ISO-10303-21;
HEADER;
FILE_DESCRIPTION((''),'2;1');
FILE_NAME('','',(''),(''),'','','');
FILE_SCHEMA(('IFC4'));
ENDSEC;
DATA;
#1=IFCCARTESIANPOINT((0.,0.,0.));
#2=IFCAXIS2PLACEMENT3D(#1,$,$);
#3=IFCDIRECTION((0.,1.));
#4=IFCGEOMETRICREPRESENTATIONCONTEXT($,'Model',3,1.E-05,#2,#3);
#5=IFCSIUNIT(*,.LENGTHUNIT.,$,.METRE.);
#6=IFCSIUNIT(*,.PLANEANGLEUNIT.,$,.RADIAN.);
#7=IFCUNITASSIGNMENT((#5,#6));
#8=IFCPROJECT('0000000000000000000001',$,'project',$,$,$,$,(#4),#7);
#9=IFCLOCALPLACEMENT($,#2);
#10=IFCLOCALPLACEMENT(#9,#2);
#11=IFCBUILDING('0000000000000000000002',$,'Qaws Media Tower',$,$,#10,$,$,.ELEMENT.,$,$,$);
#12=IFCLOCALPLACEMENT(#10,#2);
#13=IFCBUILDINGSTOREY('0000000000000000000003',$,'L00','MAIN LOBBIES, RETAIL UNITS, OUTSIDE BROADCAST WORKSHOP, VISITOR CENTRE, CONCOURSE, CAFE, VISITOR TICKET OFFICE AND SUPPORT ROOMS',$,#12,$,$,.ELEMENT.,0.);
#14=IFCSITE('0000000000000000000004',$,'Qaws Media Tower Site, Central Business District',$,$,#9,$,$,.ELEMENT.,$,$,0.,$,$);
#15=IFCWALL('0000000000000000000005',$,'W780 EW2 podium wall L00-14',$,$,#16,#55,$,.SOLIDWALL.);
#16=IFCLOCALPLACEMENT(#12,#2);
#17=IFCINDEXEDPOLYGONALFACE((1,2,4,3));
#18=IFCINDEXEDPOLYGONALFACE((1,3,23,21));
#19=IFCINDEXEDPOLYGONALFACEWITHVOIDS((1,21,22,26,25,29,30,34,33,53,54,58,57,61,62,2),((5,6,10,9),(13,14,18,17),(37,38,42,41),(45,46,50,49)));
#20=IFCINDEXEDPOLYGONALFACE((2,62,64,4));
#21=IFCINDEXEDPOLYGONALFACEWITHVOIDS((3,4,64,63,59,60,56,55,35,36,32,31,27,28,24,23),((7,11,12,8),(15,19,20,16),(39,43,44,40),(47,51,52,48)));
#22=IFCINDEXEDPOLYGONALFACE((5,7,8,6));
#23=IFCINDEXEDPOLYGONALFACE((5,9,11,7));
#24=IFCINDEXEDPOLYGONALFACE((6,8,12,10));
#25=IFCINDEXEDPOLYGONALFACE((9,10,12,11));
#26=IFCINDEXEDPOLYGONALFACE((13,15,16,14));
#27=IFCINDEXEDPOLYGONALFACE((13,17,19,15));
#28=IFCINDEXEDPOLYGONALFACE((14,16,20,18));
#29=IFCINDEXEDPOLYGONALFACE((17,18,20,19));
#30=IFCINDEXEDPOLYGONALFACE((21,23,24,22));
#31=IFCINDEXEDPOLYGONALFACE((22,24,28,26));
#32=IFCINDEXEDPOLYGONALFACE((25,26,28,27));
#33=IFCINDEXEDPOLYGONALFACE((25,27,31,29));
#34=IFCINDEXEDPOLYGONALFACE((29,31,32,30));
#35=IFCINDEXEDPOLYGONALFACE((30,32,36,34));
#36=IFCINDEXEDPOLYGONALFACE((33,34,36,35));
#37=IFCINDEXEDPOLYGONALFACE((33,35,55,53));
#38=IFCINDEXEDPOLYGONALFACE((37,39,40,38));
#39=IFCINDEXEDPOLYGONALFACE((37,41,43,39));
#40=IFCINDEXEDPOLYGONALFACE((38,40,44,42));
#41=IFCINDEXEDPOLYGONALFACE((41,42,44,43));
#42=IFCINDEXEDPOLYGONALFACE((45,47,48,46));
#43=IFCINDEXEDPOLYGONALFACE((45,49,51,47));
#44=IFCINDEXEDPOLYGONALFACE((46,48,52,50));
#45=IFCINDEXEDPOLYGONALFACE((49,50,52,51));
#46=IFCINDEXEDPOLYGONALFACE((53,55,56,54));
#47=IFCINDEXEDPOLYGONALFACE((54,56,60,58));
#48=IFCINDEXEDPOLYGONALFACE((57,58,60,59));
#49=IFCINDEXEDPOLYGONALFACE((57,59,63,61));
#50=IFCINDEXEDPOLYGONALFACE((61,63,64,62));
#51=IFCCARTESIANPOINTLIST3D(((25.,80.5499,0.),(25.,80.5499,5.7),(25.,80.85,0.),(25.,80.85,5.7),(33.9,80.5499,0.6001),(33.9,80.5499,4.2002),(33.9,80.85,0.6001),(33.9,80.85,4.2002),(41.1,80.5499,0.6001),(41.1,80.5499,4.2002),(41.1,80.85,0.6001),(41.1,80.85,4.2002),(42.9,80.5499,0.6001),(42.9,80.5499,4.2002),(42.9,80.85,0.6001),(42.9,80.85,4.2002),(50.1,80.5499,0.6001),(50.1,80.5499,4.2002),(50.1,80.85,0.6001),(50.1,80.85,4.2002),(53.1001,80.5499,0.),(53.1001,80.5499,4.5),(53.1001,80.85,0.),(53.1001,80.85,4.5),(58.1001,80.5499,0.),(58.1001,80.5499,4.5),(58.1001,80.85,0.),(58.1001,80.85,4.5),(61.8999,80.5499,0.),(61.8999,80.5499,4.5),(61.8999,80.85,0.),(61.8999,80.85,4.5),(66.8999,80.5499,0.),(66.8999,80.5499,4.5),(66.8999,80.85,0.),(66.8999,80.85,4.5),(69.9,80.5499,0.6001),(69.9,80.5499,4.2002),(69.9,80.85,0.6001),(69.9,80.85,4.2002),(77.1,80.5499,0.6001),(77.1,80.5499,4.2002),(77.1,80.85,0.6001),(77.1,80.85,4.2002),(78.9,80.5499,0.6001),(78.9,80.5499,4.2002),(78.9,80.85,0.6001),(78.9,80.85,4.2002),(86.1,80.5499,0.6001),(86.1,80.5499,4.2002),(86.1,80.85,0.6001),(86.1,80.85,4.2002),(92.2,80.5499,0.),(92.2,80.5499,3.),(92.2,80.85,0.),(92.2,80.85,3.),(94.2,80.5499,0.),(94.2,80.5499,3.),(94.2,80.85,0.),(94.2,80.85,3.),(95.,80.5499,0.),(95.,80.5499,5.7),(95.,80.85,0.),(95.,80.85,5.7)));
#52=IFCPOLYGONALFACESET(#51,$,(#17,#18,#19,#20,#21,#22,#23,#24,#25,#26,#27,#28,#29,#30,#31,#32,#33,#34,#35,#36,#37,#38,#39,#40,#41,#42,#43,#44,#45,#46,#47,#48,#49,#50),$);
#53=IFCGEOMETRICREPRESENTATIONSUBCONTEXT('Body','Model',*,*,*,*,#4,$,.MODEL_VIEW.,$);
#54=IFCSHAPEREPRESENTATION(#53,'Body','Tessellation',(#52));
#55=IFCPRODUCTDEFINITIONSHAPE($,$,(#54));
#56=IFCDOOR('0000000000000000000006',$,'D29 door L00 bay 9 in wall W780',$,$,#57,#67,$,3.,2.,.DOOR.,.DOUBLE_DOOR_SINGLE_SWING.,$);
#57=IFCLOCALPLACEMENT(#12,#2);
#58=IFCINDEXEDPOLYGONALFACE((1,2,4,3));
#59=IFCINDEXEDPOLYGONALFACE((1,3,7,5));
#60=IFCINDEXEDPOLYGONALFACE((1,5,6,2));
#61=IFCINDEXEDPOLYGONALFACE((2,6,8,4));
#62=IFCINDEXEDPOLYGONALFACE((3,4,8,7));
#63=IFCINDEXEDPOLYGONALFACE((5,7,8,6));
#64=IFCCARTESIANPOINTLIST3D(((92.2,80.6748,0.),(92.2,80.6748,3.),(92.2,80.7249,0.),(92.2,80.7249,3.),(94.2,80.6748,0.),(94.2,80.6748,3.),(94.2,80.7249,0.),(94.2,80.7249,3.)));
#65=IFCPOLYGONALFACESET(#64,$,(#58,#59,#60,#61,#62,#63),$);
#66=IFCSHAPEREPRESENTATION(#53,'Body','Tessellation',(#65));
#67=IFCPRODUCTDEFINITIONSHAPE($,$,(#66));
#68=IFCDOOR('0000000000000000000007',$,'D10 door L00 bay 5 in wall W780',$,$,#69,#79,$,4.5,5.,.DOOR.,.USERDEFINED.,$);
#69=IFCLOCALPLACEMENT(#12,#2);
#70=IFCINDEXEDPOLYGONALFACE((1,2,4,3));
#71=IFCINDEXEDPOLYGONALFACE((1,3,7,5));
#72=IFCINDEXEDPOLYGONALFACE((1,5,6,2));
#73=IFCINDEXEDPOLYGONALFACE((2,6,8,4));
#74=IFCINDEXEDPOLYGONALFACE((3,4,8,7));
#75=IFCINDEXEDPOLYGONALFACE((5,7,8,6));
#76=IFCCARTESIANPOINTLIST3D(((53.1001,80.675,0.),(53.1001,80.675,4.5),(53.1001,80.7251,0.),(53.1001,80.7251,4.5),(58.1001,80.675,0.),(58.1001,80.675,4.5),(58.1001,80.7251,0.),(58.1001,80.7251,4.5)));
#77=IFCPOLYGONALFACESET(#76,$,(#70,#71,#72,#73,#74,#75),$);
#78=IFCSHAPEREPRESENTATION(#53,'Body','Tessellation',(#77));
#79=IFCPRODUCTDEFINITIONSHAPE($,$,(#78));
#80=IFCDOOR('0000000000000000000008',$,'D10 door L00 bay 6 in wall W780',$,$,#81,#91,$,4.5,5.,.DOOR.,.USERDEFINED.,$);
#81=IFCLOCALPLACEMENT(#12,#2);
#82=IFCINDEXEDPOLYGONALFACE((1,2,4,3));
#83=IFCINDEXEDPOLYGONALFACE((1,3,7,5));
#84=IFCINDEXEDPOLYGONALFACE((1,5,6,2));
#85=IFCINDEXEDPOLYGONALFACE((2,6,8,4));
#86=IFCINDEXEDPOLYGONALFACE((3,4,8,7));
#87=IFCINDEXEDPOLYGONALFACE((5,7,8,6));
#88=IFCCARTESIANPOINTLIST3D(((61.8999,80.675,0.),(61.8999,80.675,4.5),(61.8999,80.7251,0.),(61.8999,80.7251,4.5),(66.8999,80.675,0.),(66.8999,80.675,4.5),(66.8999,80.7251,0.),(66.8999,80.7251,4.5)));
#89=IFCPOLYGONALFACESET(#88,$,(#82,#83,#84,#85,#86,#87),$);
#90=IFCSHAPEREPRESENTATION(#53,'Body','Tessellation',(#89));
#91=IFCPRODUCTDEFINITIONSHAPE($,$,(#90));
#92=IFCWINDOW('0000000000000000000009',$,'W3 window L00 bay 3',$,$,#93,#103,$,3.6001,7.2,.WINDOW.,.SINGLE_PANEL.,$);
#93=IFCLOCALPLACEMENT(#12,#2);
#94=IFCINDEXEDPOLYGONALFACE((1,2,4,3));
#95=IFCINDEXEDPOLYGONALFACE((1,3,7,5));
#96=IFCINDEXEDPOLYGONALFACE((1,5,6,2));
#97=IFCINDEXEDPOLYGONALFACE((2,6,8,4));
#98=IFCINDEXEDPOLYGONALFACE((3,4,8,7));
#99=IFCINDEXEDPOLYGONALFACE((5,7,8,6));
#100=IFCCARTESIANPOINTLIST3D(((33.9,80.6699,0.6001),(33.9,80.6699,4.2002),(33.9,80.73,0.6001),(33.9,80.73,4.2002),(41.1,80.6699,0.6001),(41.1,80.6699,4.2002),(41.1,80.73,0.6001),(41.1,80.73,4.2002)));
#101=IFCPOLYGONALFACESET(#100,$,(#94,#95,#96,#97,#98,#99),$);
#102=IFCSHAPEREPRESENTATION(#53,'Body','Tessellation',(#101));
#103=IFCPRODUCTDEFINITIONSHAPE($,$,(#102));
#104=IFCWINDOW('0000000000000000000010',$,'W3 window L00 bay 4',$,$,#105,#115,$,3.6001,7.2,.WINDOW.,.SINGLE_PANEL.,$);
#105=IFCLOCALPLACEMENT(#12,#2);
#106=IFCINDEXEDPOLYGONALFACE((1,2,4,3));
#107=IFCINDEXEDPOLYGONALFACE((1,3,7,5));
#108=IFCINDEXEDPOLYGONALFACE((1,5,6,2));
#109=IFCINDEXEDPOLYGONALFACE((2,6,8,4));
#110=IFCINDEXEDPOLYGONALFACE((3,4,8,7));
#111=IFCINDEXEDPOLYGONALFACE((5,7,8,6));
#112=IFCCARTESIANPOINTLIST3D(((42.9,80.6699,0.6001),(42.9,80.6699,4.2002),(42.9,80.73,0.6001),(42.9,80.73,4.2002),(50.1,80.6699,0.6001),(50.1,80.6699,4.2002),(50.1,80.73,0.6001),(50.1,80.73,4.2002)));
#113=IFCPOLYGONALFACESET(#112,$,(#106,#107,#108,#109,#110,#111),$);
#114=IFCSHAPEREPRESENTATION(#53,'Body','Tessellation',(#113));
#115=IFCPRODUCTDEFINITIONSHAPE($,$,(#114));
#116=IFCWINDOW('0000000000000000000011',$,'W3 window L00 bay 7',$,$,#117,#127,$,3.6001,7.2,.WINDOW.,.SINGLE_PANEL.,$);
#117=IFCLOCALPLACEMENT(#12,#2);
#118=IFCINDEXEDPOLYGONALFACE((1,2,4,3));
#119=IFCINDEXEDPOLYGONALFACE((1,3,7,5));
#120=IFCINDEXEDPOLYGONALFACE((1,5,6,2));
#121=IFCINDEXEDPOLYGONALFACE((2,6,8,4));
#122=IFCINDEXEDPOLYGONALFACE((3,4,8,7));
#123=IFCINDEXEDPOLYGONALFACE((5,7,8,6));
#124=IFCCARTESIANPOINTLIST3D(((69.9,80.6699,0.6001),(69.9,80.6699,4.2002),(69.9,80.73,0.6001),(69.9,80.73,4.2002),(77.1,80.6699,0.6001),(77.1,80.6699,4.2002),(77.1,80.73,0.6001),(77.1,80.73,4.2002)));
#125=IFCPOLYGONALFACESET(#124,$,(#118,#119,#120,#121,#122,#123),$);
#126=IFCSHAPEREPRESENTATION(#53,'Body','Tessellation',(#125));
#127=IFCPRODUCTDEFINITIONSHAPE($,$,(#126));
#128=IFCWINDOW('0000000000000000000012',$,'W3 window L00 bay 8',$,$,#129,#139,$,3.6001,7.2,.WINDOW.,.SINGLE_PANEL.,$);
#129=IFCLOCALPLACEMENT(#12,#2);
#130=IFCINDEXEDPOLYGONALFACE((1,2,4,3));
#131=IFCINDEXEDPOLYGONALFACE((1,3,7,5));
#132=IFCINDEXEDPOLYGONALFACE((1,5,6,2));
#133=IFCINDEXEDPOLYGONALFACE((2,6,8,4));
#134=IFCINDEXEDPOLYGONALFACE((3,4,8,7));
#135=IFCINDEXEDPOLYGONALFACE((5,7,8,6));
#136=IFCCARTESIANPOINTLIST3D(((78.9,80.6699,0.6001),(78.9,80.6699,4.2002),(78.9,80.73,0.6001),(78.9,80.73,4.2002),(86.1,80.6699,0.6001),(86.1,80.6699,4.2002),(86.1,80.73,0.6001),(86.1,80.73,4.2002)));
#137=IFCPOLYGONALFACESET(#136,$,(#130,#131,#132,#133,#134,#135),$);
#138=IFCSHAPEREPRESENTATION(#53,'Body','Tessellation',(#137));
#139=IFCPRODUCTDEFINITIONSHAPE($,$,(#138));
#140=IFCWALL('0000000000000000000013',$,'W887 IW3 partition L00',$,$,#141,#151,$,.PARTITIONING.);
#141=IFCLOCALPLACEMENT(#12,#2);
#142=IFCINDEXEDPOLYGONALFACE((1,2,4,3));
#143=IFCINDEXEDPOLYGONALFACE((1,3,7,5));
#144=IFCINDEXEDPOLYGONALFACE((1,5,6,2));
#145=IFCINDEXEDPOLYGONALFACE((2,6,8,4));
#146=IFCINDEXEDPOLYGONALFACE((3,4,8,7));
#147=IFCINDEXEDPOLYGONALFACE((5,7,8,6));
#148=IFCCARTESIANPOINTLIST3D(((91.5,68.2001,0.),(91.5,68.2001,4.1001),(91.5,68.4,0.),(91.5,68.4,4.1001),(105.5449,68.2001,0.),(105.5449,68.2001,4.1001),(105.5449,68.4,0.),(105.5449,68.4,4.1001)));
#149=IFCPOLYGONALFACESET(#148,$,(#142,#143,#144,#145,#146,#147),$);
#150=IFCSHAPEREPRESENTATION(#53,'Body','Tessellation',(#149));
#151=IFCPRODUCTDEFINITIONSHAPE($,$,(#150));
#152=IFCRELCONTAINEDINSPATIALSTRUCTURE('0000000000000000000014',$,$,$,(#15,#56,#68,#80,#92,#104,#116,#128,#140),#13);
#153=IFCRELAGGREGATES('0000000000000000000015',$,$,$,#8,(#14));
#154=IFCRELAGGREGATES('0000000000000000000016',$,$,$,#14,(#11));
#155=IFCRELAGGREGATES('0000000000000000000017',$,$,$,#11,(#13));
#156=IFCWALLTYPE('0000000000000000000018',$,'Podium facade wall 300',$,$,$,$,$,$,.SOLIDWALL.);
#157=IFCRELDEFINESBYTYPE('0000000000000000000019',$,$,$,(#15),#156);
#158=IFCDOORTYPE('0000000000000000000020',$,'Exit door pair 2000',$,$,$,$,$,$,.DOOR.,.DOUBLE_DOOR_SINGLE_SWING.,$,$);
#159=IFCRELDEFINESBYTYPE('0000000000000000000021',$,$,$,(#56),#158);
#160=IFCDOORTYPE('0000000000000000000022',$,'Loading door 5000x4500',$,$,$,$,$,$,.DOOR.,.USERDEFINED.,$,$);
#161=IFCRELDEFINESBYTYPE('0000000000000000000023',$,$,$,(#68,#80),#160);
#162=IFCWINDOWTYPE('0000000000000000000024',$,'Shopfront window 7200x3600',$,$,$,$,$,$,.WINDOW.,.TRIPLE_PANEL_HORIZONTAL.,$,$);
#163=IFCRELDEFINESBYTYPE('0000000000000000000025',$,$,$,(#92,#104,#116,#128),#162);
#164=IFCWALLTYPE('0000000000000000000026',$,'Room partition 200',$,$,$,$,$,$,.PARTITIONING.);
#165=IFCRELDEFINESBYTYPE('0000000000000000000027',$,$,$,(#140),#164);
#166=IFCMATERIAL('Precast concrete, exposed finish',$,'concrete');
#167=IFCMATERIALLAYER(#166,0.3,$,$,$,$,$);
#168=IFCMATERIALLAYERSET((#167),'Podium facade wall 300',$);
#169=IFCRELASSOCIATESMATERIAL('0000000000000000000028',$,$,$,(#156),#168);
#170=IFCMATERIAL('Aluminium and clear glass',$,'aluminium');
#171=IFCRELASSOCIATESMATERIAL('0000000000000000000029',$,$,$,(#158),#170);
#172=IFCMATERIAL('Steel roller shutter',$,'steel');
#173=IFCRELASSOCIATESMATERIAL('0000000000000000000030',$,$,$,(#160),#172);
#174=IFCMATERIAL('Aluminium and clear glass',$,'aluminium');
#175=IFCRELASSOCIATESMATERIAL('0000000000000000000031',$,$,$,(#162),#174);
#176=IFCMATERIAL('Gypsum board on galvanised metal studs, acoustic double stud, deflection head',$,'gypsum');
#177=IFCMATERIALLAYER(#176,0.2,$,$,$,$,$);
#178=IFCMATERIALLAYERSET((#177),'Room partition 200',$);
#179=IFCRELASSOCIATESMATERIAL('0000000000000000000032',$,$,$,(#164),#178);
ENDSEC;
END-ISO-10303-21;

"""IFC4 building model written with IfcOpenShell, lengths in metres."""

from ifc_helpers import new_model, si_unit, direction, frame, frame_2d, origin, place, context, subcontext, project, spatial, rectangle, extrude, material, layer, layer_set, type_object, element, fill, save


model = new_model("IFC4")

# Units and contexts
model_context = context("Model", 3, precision=1e-05, world=origin(), true_north=direction((0.0, 1.0)))
body_context = subcontext(model_context, "Body", "Model", "MODEL_VIEW")
ifc_project = project(units=[si_unit("LENGTHUNIT", "METRE"), si_unit("PLANEANGLEUNIT", "RADIAN")], contexts=[model_context])

# Site, building, storey
site_placement = place(None, origin())
site = spatial("IfcSite", under=ifc_project, at=site_placement, Name="Qaws Media Tower Site, Central Business District", CompositionType="ELEMENT", RefElevation=0.0)
building_placement = place(site_placement, origin())
building = spatial("IfcBuilding", under=site, at=building_placement, Name="Qaws Media Tower", CompositionType="ELEMENT")
storey_placement = place(building_placement, origin())
storey = spatial("IfcBuildingStorey", under=building, at=storey_placement, Name="L00", Description="MAIN LOBBIES, RETAIL UNITS, OUTSIDE BROADCAST WORKSHOP, VISITOR CENTRE, CONCOURSE, CAFE, VISITOR TICKET OFFICE AND SUPPORT ROOMS", CompositionType="ELEMENT", Elevation=0.0)

# Wall, openings, doors, windows
ifc_material_1 = material(Name="Precast concrete, exposed finish", Category="concrete")
ifc_layer_1 = layer(ifc_material_1, 0.3)
ifc_layer_set_1 = layer_set([ifc_layer_1], Name="Podium facade wall 300")
wall_type_1 = type_object("IfcWallType", Name="Podium facade wall 300", PredefinedType="SOLIDWALL", material=ifc_layer_set_1)
wall_1_placement = place(storey_placement, frame((95.0, 80.7, 0.0), z_axis=(0.0, 0.0, 1.0), x_axis=(-1.0, 0.0, 0.0)))
wall_1 = element("IfcWall", 1, at=wall_1_placement, inside=storey, type_object=wall_type_1, Name="W780 EW2 podium wall L00-14", PredefinedType="SOLIDWALL", context=body_context, shape_type="SweptSolid", body=[
    extrude(rectangle(XDim=70.0, YDim=0.3, at=frame_2d((35.0, 0.0))), origin(), (0.0, 0.0, 1.0), 5.7),
])
opening_1_placement = place(wall_1_placement, frame((53.8999, 0.0, 0.6001)))
opening_1 = element("IfcOpeningElement", 2, at=opening_1_placement, cuts=wall_1, PredefinedType="OPENING", context=body_context, shape_type="SweptSolid", body=[
    extrude(rectangle(XDim=7.2, YDim=3.6001, at=frame_2d((3.6001, 1.8))), frame((0.0, 0.1599, 0.0), z_axis=(0.0, -1.0, 0.0), x_axis=(1.0, 0.0, 0.0)), (0.0, 0.0, 1.0), 0.3201),
])
opening_2_placement = place(wall_1_placement, frame((44.8999, 0.0, 0.6001)))
opening_2 = element("IfcOpeningElement", 3, at=opening_2_placement, cuts=wall_1, PredefinedType="OPENING", context=body_context, shape_type="SweptSolid", body=[
    extrude(rectangle(XDim=7.2, YDim=3.6001, at=frame_2d((3.6001, 1.8))), frame((0.0, 0.1599, 0.0), z_axis=(0.0, -1.0, 0.0), x_axis=(1.0, 0.0, 0.0)), (0.0, 0.0, 1.0), 0.3201),
])
opening_3_placement = place(wall_1_placement, frame((36.8999, 0.0, 0.0)))
opening_3 = element("IfcOpeningElement", 4, at=opening_3_placement, cuts=wall_1, PredefinedType="OPENING", context=body_context, shape_type="SweptSolid", body=[
    extrude(rectangle(XDim=5.0, YDim=4.5, at=frame_2d((2.5, 2.25))), frame((0.0, 0.1599, 0.0), z_axis=(0.0, -1.0, 0.0), x_axis=(1.0, 0.0, 0.0)), (0.0, 0.0, 1.0), 0.3201),
])
opening_4_placement = place(wall_1_placement, frame((28.1001, 0.0, 0.0)))
opening_4 = element("IfcOpeningElement", 5, at=opening_4_placement, cuts=wall_1, PredefinedType="OPENING", context=body_context, shape_type="SweptSolid", body=[
    extrude(rectangle(XDim=5.0, YDim=4.5, at=frame_2d((2.5, 2.25))), frame((0.0, 0.1599, 0.0), z_axis=(0.0, -1.0, 0.0), x_axis=(1.0, 0.0, 0.0)), (0.0, 0.0, 1.0), 0.3201),
])
opening_5_placement = place(wall_1_placement, frame((17.8999, 0.0, 0.6001)))
opening_5 = element("IfcOpeningElement", 6, at=opening_5_placement, cuts=wall_1, PredefinedType="OPENING", context=body_context, shape_type="SweptSolid", body=[
    extrude(rectangle(XDim=7.2, YDim=3.6001, at=frame_2d((3.6001, 1.8))), frame((0.0, 0.1599, 0.0), z_axis=(0.0, -1.0, 0.0), x_axis=(1.0, 0.0, 0.0)), (0.0, 0.0, 1.0), 0.3201),
])
opening_6_placement = place(wall_1_placement, frame((8.8999, 0.0, 0.6001)))
opening_6 = element("IfcOpeningElement", 7, at=opening_6_placement, cuts=wall_1, PredefinedType="OPENING", context=body_context, shape_type="SweptSolid", body=[
    extrude(rectangle(XDim=7.2, YDim=3.6001, at=frame_2d((3.6001, 1.8))), frame((0.0, 0.1599, 0.0), z_axis=(0.0, -1.0, 0.0), x_axis=(1.0, 0.0, 0.0)), (0.0, 0.0, 1.0), 0.3201),
])
opening_7_placement = place(wall_1_placement, frame((0.8, 0.0, 0.0)))
opening_7 = element("IfcOpeningElement", 8, at=opening_7_placement, cuts=wall_1, PredefinedType="OPENING", context=body_context, shape_type="SweptSolid", body=[
    extrude(rectangle(XDim=2.0, YDim=3.0, at=frame_2d((1.0, 1.5))), frame((0.0, 0.1599, 0.0), z_axis=(0.0, -1.0, 0.0), x_axis=(1.0, 0.0, 0.0)), (0.0, 0.0, 1.0), 0.3201),
])
ifc_material_2 = material(Name="Aluminium and clear glass", Category="aluminium")
door_type_1 = type_object("IfcDoorType", Name="Exit door pair 2000", OperationType="DOUBLE_DOOR_SINGLE_SWING", PredefinedType="DOOR", material=ifc_material_2)
door_1_placement = place(opening_7_placement, frame((2.0, 0.0, 0.0), z_axis=(0.0, 0.0, 1.0), x_axis=(-1.0, 0.0, 0.0)))
door_1 = element("IfcDoor", 9, at=door_1_placement, inside=storey, type_object=door_type_1, Name="D29 door L00 bay 9 in wall W780", OperationType="DOUBLE_DOOR_SINGLE_SWING", OverallHeight=3.0, OverallWidth=2.0, PredefinedType="DOOR", context=body_context, shape_type="SweptSolid", body=[
    extrude(rectangle(XDim=2.0, YDim=3.0, at=frame_2d((1.0, 1.5))), frame((0.0, 0.0249, 0.0), z_axis=(0.0, -1.0, 0.0), x_axis=(1.0, 0.0, 0.0)), (0.0, 0.0, 1.0), 0.05),
])
fill(opening_7, door_1)
ifc_material_3 = material(Name="Steel roller shutter", Category="steel")
door_type_2 = type_object("IfcDoorType", Name="Loading door 5000x4500", OperationType="USERDEFINED", PredefinedType="DOOR", material=ifc_material_3)
door_2_placement = place(opening_3_placement, origin())
door_2 = element("IfcDoor", 10, at=door_2_placement, inside=storey, type_object=door_type_2, Name="D10 door L00 bay 5 in wall W780", OperationType="USERDEFINED", OverallHeight=4.5, OverallWidth=5.0, PredefinedType="DOOR", context=body_context, shape_type="SweptSolid", body=[
    extrude(rectangle(XDim=5.0, YDim=4.5, at=frame_2d((2.5, 2.25))), frame((0.0, 0.0249, 0.0), z_axis=(0.0, -1.0, 0.0), x_axis=(1.0, 0.0, 0.0)), (0.0, 0.0, 1.0), 0.05),
])
fill(opening_3, door_2)
door_3_placement = place(opening_4_placement, origin())
door_3 = element("IfcDoor", 11, at=door_3_placement, inside=storey, type_object=door_type_2, Name="D10 door L00 bay 6 in wall W780", OperationType="USERDEFINED", OverallHeight=4.5, OverallWidth=5.0, PredefinedType="DOOR", context=body_context, shape_type="SweptSolid", body=[
    extrude(rectangle(XDim=5.0, YDim=4.5, at=frame_2d((2.5, 2.25))), frame((0.0, 0.0249, 0.0), z_axis=(0.0, -1.0, 0.0), x_axis=(1.0, 0.0, 0.0)), (0.0, 0.0, 1.0), 0.05),
])
fill(opening_4, door_3)
ifc_material_4 = material(Name="Aluminium and clear glass", Category="aluminium")
window_type = type_object("IfcWindowType", Name="Shopfront window 7200x3600", PartitioningType="TRIPLE_PANEL_HORIZONTAL", PredefinedType="WINDOW", material=ifc_material_4)
window_1_placement = place(opening_1_placement, origin())
window_1 = element("IfcWindow", 12, at=window_1_placement, inside=storey, type_object=window_type, Name="W3 window L00 bay 3", OverallHeight=3.6001, OverallWidth=7.2, PartitioningType="SINGLE_PANEL", PredefinedType="WINDOW", context=body_context, shape_type="SweptSolid", body=[
    extrude(rectangle(XDim=7.2, YDim=3.6001, at=frame_2d((3.6001, 1.8))), frame((0.0, 0.03, 0.0), z_axis=(0.0, -1.0, 0.0), x_axis=(1.0, 0.0, 0.0)), (0.0, 0.0, 1.0), 0.0601),
])
fill(opening_1, window_1)
window_2_placement = place(opening_2_placement, origin())
window_2 = element("IfcWindow", 13, at=window_2_placement, inside=storey, type_object=window_type, Name="W3 window L00 bay 4", OverallHeight=3.6001, OverallWidth=7.2, PartitioningType="SINGLE_PANEL", PredefinedType="WINDOW", context=body_context, shape_type="SweptSolid", body=[
    extrude(rectangle(XDim=7.2, YDim=3.6001, at=frame_2d((3.6001, 1.8))), frame((0.0, 0.03, 0.0), z_axis=(0.0, -1.0, 0.0), x_axis=(1.0, 0.0, 0.0)), (0.0, 0.0, 1.0), 0.0601),
])
fill(opening_2, window_2)
window_3_placement = place(opening_5_placement, origin())
window_3 = element("IfcWindow", 14, at=window_3_placement, inside=storey, type_object=window_type, Name="W3 window L00 bay 7", OverallHeight=3.6001, OverallWidth=7.2, PartitioningType="SINGLE_PANEL", PredefinedType="WINDOW", context=body_context, shape_type="SweptSolid", body=[
    extrude(rectangle(XDim=7.2, YDim=3.6001, at=frame_2d((3.6001, 1.8))), frame((0.0, 0.03, 0.0), z_axis=(0.0, -1.0, 0.0), x_axis=(1.0, 0.0, 0.0)), (0.0, 0.0, 1.0), 0.0601),
])
fill(opening_5, window_3)
window_4_placement = place(opening_6_placement, origin())
window_4 = element("IfcWindow", 15, at=window_4_placement, inside=storey, type_object=window_type, Name="W3 window L00 bay 8", OverallHeight=3.6001, OverallWidth=7.2, PartitioningType="SINGLE_PANEL", PredefinedType="WINDOW", context=body_context, shape_type="SweptSolid", body=[
    extrude(rectangle(XDim=7.2, YDim=3.6001, at=frame_2d((3.6001, 1.8))), frame((0.0, 0.03, 0.0), z_axis=(0.0, -1.0, 0.0), x_axis=(1.0, 0.0, 0.0)), (0.0, 0.0, 1.0), 0.0601),
])
fill(opening_6, window_4)

# Wall
ifc_material_5 = material(Name="Gypsum board on galvanised metal studs, acoustic double stud, deflection head", Category="gypsum")
ifc_layer_2 = layer(ifc_material_5, 0.2)
ifc_layer_set_2 = layer_set([ifc_layer_2], Name="Room partition 200")
wall_type_2 = type_object("IfcWallType", Name="Room partition 200", PredefinedType="PARTITIONING", material=ifc_layer_set_2)
wall_2_placement = place(storey_placement, frame((91.5, 68.3, 0.0), z_axis=(0.0, 0.0, 1.0), x_axis=(1.0, 0.0, 0.0)))
element("IfcWall", 16, at=wall_2_placement, inside=storey, type_object=wall_type_2, Name="W887 IW3 partition L00", PredefinedType="PARTITIONING", context=body_context, shape_type="SweptSolid", body=[
    extrude(rectangle(XDim=14.0449, YDim=0.2, at=frame_2d((7.0225, 0.0))), origin(), (0.0, 0.0, 1.0), 4.1001),
])

save(model, "model.ifc")
